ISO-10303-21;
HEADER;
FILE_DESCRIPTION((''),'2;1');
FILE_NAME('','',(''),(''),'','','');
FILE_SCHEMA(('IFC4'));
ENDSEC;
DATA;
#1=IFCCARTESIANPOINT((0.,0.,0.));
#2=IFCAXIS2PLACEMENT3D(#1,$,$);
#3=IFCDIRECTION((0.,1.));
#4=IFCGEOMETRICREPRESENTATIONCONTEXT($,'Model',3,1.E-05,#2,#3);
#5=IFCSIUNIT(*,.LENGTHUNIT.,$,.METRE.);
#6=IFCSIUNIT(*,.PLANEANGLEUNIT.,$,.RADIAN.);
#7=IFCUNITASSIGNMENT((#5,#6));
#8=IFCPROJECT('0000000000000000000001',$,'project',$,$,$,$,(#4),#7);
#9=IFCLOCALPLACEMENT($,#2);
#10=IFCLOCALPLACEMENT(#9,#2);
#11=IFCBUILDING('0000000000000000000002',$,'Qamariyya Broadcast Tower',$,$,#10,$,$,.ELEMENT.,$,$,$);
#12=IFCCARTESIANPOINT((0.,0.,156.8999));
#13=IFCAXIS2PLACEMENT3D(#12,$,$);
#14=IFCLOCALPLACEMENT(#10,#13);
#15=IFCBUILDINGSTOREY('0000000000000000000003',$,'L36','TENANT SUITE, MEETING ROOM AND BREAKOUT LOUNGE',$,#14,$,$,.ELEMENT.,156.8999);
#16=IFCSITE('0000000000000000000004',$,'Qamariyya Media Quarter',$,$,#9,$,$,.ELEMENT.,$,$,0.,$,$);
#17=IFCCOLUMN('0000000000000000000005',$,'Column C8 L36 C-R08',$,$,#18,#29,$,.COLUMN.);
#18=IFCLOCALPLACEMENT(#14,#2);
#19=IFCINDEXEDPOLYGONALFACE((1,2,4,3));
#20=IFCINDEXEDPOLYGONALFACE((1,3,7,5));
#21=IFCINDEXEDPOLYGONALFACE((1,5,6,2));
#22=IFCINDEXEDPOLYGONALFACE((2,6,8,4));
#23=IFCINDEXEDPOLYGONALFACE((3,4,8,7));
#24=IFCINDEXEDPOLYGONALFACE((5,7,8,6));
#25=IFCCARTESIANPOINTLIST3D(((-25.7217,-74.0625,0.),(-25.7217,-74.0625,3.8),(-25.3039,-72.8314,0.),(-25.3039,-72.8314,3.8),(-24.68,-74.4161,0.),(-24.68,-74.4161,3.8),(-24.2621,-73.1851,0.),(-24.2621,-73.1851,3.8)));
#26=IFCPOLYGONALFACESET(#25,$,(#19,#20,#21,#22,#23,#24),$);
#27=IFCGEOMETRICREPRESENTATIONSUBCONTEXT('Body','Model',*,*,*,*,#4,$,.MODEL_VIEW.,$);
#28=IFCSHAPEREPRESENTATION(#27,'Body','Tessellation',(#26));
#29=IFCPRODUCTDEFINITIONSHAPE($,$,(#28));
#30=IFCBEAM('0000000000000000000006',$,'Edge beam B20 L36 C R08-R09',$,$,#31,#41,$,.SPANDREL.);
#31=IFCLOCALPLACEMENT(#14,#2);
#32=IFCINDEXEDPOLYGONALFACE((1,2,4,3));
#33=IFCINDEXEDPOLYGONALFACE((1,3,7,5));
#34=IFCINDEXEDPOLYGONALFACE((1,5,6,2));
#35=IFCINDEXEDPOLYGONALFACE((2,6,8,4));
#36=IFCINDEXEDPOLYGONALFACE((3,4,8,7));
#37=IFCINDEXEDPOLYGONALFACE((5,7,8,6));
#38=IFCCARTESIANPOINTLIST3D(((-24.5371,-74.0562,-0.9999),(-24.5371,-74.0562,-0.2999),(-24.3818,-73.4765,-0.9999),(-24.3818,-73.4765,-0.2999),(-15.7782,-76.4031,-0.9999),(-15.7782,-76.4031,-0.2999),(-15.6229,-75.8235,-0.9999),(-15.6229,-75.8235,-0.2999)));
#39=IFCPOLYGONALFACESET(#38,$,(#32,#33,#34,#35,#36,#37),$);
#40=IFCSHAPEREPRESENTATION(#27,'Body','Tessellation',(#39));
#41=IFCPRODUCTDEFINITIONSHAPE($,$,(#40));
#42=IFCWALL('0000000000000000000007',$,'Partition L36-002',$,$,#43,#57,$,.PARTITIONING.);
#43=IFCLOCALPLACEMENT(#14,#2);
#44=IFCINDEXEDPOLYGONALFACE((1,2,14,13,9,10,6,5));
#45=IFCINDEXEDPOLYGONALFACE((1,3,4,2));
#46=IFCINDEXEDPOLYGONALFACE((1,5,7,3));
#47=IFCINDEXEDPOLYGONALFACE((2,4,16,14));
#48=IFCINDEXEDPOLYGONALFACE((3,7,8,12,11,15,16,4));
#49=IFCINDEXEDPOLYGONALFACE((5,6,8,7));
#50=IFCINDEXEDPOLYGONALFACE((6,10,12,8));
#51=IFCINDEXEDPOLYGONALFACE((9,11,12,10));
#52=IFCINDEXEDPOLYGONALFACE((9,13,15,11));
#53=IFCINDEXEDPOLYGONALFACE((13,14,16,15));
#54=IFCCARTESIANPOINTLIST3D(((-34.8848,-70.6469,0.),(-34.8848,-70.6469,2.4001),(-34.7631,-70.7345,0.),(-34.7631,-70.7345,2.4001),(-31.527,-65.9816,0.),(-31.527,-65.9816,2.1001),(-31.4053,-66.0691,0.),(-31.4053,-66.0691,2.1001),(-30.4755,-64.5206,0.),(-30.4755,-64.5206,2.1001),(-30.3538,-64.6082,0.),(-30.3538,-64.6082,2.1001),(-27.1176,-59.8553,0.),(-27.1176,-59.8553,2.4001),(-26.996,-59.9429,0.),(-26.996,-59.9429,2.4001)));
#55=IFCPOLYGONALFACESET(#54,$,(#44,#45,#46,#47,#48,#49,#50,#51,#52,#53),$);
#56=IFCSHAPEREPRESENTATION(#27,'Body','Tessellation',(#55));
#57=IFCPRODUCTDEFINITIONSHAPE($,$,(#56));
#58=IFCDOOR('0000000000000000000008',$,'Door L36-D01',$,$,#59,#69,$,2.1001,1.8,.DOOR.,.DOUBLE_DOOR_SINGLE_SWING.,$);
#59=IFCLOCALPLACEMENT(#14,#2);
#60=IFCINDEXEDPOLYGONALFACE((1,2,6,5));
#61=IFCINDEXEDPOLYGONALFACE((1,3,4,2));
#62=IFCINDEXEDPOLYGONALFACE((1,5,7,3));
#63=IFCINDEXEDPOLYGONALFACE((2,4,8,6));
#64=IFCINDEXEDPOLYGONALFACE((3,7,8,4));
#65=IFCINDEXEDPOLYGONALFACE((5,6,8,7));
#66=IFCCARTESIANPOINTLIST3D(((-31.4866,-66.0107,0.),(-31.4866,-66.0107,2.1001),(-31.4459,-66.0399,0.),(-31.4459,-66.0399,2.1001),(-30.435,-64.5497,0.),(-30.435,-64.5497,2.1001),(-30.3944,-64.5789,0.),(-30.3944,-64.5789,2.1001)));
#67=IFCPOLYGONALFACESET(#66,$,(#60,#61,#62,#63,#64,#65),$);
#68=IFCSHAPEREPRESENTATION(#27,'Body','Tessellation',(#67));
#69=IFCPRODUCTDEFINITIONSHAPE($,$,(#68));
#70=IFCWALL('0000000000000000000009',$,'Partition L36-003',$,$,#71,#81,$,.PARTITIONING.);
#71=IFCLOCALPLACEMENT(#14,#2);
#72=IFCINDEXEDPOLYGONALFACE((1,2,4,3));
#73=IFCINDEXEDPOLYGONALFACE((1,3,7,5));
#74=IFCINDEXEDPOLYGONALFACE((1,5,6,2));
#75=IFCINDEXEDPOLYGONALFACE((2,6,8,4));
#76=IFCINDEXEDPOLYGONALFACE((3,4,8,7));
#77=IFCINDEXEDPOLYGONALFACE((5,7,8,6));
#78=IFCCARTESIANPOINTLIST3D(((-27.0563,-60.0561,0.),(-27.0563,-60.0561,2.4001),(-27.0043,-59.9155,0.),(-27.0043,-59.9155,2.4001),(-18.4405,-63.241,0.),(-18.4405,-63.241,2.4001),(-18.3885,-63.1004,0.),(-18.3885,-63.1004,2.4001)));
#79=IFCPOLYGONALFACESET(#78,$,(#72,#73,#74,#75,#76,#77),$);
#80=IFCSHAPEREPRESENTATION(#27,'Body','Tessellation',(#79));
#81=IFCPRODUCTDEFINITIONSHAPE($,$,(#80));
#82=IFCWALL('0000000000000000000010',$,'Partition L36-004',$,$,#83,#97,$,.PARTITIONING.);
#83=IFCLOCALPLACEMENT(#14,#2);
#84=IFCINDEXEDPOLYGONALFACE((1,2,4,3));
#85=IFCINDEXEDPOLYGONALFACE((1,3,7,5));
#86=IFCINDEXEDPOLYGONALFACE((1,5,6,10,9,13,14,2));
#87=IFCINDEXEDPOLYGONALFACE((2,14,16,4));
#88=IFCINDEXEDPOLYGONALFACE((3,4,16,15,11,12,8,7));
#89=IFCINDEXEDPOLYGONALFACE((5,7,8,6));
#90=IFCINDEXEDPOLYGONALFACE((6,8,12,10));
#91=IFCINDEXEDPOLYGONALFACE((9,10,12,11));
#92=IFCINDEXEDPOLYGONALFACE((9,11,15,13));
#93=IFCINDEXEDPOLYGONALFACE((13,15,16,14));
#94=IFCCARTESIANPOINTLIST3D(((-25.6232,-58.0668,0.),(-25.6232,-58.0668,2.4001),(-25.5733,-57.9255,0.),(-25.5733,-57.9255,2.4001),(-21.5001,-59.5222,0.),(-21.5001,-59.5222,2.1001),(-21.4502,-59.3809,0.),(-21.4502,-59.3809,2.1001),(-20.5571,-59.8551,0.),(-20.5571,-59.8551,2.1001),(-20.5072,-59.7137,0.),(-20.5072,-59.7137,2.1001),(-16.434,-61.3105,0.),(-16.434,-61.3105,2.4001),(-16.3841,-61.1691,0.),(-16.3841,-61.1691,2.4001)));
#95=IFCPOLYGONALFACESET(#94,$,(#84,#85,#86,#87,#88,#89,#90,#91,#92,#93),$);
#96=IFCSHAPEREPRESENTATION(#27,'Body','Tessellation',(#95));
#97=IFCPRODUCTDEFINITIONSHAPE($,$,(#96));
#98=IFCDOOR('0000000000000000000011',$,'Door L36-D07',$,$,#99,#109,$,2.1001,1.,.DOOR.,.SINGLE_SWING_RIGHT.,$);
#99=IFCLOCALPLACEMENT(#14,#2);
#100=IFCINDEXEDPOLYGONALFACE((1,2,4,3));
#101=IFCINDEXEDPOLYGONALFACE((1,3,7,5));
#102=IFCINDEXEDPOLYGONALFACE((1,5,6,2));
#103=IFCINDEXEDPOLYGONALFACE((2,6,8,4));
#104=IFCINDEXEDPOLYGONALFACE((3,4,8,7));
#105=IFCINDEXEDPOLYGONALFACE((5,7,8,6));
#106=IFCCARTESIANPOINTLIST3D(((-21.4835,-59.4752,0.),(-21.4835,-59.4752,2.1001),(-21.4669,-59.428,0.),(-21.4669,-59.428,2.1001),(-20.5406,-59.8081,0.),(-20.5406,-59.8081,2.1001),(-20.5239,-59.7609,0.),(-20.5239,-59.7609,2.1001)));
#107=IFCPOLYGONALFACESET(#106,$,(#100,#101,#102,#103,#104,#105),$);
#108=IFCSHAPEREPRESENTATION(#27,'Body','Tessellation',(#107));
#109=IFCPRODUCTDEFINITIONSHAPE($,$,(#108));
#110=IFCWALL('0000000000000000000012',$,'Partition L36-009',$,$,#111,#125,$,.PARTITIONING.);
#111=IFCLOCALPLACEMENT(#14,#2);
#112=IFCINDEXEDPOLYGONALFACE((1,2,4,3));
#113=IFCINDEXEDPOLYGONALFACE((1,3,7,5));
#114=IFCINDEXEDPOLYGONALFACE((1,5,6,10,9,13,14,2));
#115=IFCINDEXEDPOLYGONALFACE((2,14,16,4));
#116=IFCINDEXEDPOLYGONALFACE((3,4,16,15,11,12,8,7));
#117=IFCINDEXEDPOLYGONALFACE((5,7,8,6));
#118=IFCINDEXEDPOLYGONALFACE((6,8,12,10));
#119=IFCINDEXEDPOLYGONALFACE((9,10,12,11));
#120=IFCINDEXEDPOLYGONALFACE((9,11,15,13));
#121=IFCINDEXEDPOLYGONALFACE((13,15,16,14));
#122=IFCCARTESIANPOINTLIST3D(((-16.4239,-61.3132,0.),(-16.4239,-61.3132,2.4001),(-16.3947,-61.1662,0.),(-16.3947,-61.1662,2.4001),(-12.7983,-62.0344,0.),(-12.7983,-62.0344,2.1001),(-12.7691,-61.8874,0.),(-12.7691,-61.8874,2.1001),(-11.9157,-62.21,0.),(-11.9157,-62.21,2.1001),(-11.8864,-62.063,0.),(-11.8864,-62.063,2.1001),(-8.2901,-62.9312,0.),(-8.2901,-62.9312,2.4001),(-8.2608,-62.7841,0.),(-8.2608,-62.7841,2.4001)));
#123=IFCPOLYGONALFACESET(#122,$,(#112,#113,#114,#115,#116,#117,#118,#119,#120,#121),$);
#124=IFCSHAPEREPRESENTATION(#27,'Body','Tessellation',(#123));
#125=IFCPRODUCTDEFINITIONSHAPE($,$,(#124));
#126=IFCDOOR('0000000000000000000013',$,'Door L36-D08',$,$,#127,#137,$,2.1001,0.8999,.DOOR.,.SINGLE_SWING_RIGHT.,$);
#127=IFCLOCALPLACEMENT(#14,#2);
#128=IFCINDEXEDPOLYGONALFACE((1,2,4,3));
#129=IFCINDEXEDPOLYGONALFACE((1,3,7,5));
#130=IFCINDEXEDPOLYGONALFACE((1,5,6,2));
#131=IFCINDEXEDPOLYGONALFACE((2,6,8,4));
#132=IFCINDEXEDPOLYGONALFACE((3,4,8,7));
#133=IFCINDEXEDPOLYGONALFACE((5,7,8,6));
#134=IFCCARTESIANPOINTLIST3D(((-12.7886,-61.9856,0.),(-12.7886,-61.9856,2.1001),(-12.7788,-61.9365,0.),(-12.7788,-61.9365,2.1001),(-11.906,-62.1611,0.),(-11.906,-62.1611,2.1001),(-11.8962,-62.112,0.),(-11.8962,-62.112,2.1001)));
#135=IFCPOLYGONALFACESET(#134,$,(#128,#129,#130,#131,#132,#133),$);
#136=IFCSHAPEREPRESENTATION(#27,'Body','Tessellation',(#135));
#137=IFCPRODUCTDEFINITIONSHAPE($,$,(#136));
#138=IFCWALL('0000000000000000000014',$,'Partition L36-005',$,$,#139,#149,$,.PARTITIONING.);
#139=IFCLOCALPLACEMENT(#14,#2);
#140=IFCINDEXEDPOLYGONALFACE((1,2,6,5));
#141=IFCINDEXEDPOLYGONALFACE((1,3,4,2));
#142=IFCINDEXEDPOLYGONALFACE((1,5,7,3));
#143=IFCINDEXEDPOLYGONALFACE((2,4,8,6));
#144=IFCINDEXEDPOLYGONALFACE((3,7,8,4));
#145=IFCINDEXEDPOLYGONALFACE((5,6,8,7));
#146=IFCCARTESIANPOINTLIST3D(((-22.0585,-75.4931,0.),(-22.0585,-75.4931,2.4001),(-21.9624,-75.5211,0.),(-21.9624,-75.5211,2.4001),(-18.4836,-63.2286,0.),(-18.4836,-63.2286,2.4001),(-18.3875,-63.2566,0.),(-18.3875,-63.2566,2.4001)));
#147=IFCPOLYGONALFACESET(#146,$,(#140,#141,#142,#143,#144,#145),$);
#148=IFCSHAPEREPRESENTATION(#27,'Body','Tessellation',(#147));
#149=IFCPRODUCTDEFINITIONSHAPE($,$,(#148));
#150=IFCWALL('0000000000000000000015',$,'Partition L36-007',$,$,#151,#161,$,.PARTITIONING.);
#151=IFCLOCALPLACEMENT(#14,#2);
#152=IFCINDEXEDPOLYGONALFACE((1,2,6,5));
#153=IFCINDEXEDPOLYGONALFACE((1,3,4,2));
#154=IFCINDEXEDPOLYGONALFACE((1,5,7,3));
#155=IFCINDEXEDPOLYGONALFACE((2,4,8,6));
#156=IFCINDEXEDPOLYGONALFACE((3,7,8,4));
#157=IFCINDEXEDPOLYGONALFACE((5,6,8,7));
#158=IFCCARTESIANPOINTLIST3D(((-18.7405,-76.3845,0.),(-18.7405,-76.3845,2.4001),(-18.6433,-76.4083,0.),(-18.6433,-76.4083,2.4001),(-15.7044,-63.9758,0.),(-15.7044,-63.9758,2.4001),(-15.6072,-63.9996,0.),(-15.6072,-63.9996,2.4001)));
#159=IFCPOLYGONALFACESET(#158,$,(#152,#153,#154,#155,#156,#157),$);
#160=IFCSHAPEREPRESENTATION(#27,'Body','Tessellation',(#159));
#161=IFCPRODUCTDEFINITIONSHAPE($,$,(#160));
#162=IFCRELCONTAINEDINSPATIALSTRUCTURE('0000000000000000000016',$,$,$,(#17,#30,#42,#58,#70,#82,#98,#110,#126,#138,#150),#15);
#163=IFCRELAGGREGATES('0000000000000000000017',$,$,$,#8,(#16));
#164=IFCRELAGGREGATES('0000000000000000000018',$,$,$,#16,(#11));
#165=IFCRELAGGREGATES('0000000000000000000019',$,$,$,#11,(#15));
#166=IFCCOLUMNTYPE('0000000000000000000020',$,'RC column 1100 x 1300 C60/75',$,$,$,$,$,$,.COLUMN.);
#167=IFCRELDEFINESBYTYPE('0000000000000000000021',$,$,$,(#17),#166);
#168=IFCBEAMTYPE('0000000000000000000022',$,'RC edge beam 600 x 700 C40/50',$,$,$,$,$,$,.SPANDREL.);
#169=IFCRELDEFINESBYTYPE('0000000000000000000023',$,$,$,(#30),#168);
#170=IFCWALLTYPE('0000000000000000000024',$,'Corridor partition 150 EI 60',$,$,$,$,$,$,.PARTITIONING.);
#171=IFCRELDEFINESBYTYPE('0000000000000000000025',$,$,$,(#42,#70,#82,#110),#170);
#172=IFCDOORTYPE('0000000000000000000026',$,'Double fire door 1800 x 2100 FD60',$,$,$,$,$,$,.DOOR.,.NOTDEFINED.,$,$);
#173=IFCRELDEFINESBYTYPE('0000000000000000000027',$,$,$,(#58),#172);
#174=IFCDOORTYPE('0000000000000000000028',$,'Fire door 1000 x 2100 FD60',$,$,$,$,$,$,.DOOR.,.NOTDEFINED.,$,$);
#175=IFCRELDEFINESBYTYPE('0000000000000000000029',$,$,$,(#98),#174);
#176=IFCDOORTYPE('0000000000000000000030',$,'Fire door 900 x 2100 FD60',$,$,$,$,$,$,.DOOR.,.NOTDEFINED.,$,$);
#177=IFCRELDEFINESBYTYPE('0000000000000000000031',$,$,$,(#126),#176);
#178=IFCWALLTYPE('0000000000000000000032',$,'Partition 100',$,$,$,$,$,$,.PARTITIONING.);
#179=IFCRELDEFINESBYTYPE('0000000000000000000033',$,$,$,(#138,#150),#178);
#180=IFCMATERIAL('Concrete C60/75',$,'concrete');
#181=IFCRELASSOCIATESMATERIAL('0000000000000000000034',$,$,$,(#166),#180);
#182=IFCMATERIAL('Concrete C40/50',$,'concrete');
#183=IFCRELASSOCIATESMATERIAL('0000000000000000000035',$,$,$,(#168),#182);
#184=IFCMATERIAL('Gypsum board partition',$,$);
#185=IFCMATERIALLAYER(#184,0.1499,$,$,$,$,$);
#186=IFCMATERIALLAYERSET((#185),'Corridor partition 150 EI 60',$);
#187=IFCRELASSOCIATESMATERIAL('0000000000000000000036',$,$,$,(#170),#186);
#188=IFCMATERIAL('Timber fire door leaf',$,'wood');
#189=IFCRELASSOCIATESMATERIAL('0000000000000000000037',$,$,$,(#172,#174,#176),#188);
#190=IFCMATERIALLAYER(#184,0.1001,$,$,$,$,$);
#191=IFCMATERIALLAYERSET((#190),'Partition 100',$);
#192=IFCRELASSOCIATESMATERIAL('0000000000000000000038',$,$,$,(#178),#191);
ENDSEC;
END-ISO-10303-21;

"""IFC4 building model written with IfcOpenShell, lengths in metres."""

from ifc_helpers import new_model, si_unit, direction, frame, frame_2d, origin, origin_2d, place, context, subcontext, project, spatial, rectangle, extrude, material, layer, layer_set, material_profile, profile_set, type_object, element, fill, save


model = new_model("IFC4")

# Units and contexts
model_context = context("Model", 3, precision=1e-05, world=origin(), true_north=direction((0.0, 1.0)))
body_context = subcontext(model_context, "Body", "Model", "MODEL_VIEW")
ifc_project = project(units=[si_unit("LENGTHUNIT", "METRE"), si_unit("PLANEANGLEUNIT", "RADIAN")], contexts=[model_context])

# Site, building, storey
site_placement = place(None, origin())
site = spatial("IfcSite", under=ifc_project, at=site_placement, Name="Qamariyya Media Quarter", CompositionType="ELEMENT", RefElevation=0.0)
building_placement = place(site_placement, origin())
building = spatial("IfcBuilding", under=site, at=building_placement, Name="Qamariyya Broadcast Tower", CompositionType="ELEMENT")
storey_placement = place(building_placement, frame((0.0, 0.0, 156.8999)))
storey = spatial("IfcBuildingStorey", under=building, at=storey_placement, Name="L36", Description="TENANT SUITE, MEETING ROOM AND BREAKOUT LOUNGE", CompositionType="ELEMENT", Elevation=156.8999)

# Column
ifc_material_1 = material(Name="Concrete C60/75", Category="concrete")
ifc_material_profile_1 = material_profile(ifc_material_1, rectangle(XDim=1.1001, YDim=1.3, at=origin_2d()))
ifc_profile_set_1 = profile_set([ifc_material_profile_1], Name="Concrete C60/75")
column_type = type_object("IfcColumnType", Name="RC column 1100 x 1300 C60/75", PredefinedType="COLUMN", material=ifc_profile_set_1)
column_placement = place(storey_placement, frame((-24.9919, -73.6238, 0.0), z_axis=(0.0, 0.0, 1.0), x_axis=(0.94693, -0.321439, 0.0)))
element("IfcColumn", 1, at=column_placement, inside=storey, type_object=column_type, Name="Column C8 L36 C-R08", PredefinedType="COLUMN", context=body_context, shape_type="SweptSolid", body=[
    extrude(rectangle(XDim=1.1001, YDim=1.3, at=origin_2d()), origin(), (0.0, 0.0, 1.0), 3.8),
])

# Beam
ifc_material_2 = material(Name="Concrete C40/50", Category="concrete")
ifc_material_profile_2 = material_profile(ifc_material_2, rectangle(XDim=0.6001, YDim=0.7, at=origin_2d()))
ifc_profile_set_2 = profile_set([ifc_material_profile_2], Name="Concrete C40/50")
beam_type = type_object("IfcBeamType", Name="RC edge beam 600 x 700 C40/50", PredefinedType="SPANDREL", material=ifc_profile_set_2)
beam_placement = place(storey_placement, frame((-24.4595, -73.7664, -0.6499), z_axis=(0.965925, -0.25882, 0.0), x_axis=(0.25882, 0.965925, 0.0)))
element("IfcBeam", 2, at=beam_placement, inside=storey, type_object=beam_type, Name="Edge beam B20 L36 C R08-R09", PredefinedType="SPANDREL", context=body_context, shape_type="SweptSolid", body=[
    extrude(rectangle(XDim=0.6001, YDim=0.7, at=origin_2d()), origin(), (0.0, 0.0, 1.0), 9.0679),
])

# Wall, opening, door
ifc_material_3 = material(Name="Gypsum board partition")
ifc_layer_1 = layer(ifc_material_3, 0.1499)
ifc_layer_set_1 = layer_set([ifc_layer_1], Name="Corridor partition 150 EI 60")
wall_type_1 = type_object("IfcWallType", Name="Corridor partition 150 EI 60", PredefinedType="PARTITIONING", material=ifc_layer_set_1)
wall_1_placement = place(storey_placement, frame((-27.0569, -59.8992, 0.0), z_axis=(0.0, 0.0, 1.0), x_axis=(-0.584166, -0.811634, 0.0)))
wall_1 = element("IfcWall", 3, at=wall_1_placement, inside=storey, type_object=wall_type_1, Name="Partition L36-002", PredefinedType="PARTITIONING", context=body_context, shape_type="SweptSolid", body=[
    extrude(rectangle(XDim=13.2961, YDim=0.1499, at=frame_2d((6.6479, 0.0))), origin(), (0.0, 0.0, 1.0), 2.4001),
])
opening_1_placement = place(wall_1_placement, frame((5.748, 0.0, 0.0)))
opening_1 = element("IfcOpeningElement", 4, at=opening_1_placement, cuts=wall_1, PredefinedType="OPENING", context=body_context, shape_type="SweptSolid", body=[
    extrude(rectangle(XDim=1.8, YDim=2.1001, at=frame_2d((0.8999, 1.05))), frame((0.0, 0.085, 0.0), z_axis=(0.0, -1.0, 0.0), x_axis=(1.0, 0.0, 0.0)), (0.0, 0.0, 1.0), 0.1699),
])
ifc_material_4 = material(Name="Timber fire door leaf", Category="wood")
door_type_1 = type_object("IfcDoorType", Name="Double fire door 1800 x 2100 FD60", OperationType="NOTDEFINED", PredefinedType="DOOR", material=ifc_material_4)
door_1_placement = place(opening_1_placement, origin())
door_1 = element("IfcDoor", 5, at=door_1_placement, inside=storey, type_object=door_type_1, Name="Door L36-D01", OperationType="DOUBLE_DOOR_SINGLE_SWING", OverallHeight=2.1001, OverallWidth=1.8, PredefinedType="DOOR", context=body_context, shape_type="SweptSolid", body=[
    extrude(rectangle(XDim=1.8, YDim=2.1001, at=frame_2d((0.8999, 1.05))), frame((0.0, 0.0249, 0.0), z_axis=(0.0, -1.0, 0.0), x_axis=(1.0, 0.0, 0.0)), (0.0, 0.0, 1.0), 0.05),
])
fill(opening_1, door_1)

# Wall
wall_2_placement = place(storey_placement, frame((-27.0303, -59.9858, 0.0), z_axis=(0.0, 0.0, 1.0), x_axis=(0.937968, -0.346721, 0.0)))
element("IfcWall", 6, at=wall_2_placement, inside=storey, type_object=wall_type_1, Name="Partition L36-003", PredefinedType="PARTITIONING", context=body_context, shape_type="SweptSolid", body=[
    extrude(rectangle(XDim=9.1855, YDim=0.1499, at=frame_2d((4.5928, 0.0))), origin(), (0.0, 0.0, 1.0), 2.4001),
])

# Walls, openings, doors
wall_3_placement = place(storey_placement, frame((-25.5984, -57.9961, 0.0), z_axis=(0.0, 0.0, 1.0), x_axis=(0.942977, -0.332857, 0.0)))
wall_3 = element("IfcWall", 7, at=wall_3_placement, inside=storey, type_object=wall_type_1, Name="Partition L36-004", PredefinedType="PARTITIONING", context=body_context, shape_type="SweptSolid", body=[
    extrude(rectangle(XDim=9.7449, YDim=0.1499, at=frame_2d((4.8726, 0.0))), origin(), (0.0, 0.0, 1.0), 2.4001),
])
opening_2_placement = place(wall_3_placement, frame((4.3726, 0.0, 0.0)))
opening_2 = element("IfcOpeningElement", 8, at=opening_2_placement, cuts=wall_3, PredefinedType="OPENING", context=body_context, shape_type="SweptSolid", body=[
    extrude(rectangle(XDim=1.0, YDim=2.1001, at=frame_2d((0.5, 1.05))), frame((0.0, 0.085, 0.0), z_axis=(0.0, -1.0, 0.0), x_axis=(1.0, 0.0, 0.0)), (0.0, 0.0, 1.0), 0.1699),
])
door_type_2 = type_object("IfcDoorType", Name="Fire door 1000 x 2100 FD60", OperationType="NOTDEFINED", PredefinedType="DOOR", material=ifc_material_4)
door_2_placement = place(opening_2_placement, origin())
door_2 = element("IfcDoor", 9, at=door_2_placement, inside=storey, type_object=door_type_2, Name="Door L36-D07", OperationType="SINGLE_SWING_RIGHT", OverallHeight=2.1001, OverallWidth=1.0, PredefinedType="DOOR", context=body_context, shape_type="SweptSolid", body=[
    extrude(rectangle(XDim=1.0, YDim=2.1001, at=frame_2d((0.5, 1.05))), frame((0.0, 0.0249, 0.0), z_axis=(0.0, -1.0, 0.0), x_axis=(1.0, 0.0, 0.0)), (0.0, 0.0, 1.0), 0.05),
])
fill(opening_2, door_2)
wall_4_placement = place(storey_placement, frame((-16.4092, -61.2397, 0.0), z_axis=(0.0, 0.0, 1.0), x_axis=(0.980785, -0.195091, 0.0)))
wall_4 = element("IfcWall", 10, at=wall_4_placement, inside=storey, type_object=wall_type_1, Name="Partition L36-009", PredefinedType="PARTITIONING", context=body_context, shape_type="SweptSolid", body=[
    extrude(rectangle(XDim=8.2932, YDim=0.1499, at=frame_2d((4.1465, 0.0))), origin(), (0.0, 0.0, 1.0), 2.4001),
])
opening_3_placement = place(wall_4_placement, frame((3.6965, 0.0, 0.0)))
opening_3 = element("IfcOpeningElement", 11, at=opening_3_placement, cuts=wall_4, PredefinedType="OPENING", context=body_context, shape_type="SweptSolid", body=[
    extrude(rectangle(XDim=0.8999, YDim=2.1001, at=frame_2d((0.45, 1.05))), frame((0.0, 0.085, 0.0), z_axis=(0.0, -1.0, 0.0), x_axis=(1.0, 0.0, 0.0)), (0.0, 0.0, 1.0), 0.1699),
])
door_type_3 = type_object("IfcDoorType", Name="Fire door 900 x 2100 FD60", OperationType="NOTDEFINED", PredefinedType="DOOR", material=ifc_material_4)
door_3_placement = place(opening_3_placement, origin())
door_3 = element("IfcDoor", 12, at=door_3_placement, inside=storey, type_object=door_type_3, Name="Door L36-D08", OperationType="SINGLE_SWING_RIGHT", OverallHeight=2.1001, OverallWidth=0.8999, PredefinedType="DOOR", context=body_context, shape_type="SweptSolid", body=[
    extrude(rectangle(XDim=0.8999, YDim=2.1001, at=frame_2d((0.45, 1.05))), frame((0.0, 0.0249, 0.0), z_axis=(0.0, -1.0, 0.0), x_axis=(1.0, 0.0, 0.0)), (0.0, 0.0, 1.0), 0.05),
])
fill(opening_3, door_3)

# Walls
ifc_layer_2 = layer(ifc_material_3, 0.1001)
ifc_layer_set_2 = layer_set([ifc_layer_2], Name="Partition 100")
wall_type_2 = type_object("IfcWallType", Name="Partition 100", PredefinedType="PARTITIONING", material=ifc_layer_set_2)
wall_5_placement = place(storey_placement, frame((-22.0105, -75.5071, 0.0), z_axis=(0.0, 0.0, 1.0), x_axis=(0.279844, 0.960046, 0.0)))
element("IfcWall", 13, at=wall_5_placement, inside=storey, type_object=wall_type_2, Name="Partition L36-005", PredefinedType="PARTITIONING", context=body_context, shape_type="SweptSolid", body=[
    extrude(rectangle(XDim=12.7749, YDim=0.1001, at=frame_2d((6.3875, 0.0))), origin(), (0.0, 0.0, 1.0), 2.4001),
])
wall_6_placement = place(storey_placement, frame((-18.6919, -76.3962, 0.0), z_axis=(0.0, 0.0, 1.0), x_axis=(0.237667, 0.971347, 0.0)))
element("IfcWall", 14, at=wall_6_placement, inside=storey, type_object=wall_type_2, Name="Partition L36-007", PredefinedType="PARTITIONING", context=body_context, shape_type="SweptSolid", body=[
    extrude(rectangle(XDim=12.7747, YDim=0.1001, at=frame_2d((6.3872, 0.0))), origin(), (0.0, 0.0, 1.0), 2.4001),
])

save(model, "model.ifc")
